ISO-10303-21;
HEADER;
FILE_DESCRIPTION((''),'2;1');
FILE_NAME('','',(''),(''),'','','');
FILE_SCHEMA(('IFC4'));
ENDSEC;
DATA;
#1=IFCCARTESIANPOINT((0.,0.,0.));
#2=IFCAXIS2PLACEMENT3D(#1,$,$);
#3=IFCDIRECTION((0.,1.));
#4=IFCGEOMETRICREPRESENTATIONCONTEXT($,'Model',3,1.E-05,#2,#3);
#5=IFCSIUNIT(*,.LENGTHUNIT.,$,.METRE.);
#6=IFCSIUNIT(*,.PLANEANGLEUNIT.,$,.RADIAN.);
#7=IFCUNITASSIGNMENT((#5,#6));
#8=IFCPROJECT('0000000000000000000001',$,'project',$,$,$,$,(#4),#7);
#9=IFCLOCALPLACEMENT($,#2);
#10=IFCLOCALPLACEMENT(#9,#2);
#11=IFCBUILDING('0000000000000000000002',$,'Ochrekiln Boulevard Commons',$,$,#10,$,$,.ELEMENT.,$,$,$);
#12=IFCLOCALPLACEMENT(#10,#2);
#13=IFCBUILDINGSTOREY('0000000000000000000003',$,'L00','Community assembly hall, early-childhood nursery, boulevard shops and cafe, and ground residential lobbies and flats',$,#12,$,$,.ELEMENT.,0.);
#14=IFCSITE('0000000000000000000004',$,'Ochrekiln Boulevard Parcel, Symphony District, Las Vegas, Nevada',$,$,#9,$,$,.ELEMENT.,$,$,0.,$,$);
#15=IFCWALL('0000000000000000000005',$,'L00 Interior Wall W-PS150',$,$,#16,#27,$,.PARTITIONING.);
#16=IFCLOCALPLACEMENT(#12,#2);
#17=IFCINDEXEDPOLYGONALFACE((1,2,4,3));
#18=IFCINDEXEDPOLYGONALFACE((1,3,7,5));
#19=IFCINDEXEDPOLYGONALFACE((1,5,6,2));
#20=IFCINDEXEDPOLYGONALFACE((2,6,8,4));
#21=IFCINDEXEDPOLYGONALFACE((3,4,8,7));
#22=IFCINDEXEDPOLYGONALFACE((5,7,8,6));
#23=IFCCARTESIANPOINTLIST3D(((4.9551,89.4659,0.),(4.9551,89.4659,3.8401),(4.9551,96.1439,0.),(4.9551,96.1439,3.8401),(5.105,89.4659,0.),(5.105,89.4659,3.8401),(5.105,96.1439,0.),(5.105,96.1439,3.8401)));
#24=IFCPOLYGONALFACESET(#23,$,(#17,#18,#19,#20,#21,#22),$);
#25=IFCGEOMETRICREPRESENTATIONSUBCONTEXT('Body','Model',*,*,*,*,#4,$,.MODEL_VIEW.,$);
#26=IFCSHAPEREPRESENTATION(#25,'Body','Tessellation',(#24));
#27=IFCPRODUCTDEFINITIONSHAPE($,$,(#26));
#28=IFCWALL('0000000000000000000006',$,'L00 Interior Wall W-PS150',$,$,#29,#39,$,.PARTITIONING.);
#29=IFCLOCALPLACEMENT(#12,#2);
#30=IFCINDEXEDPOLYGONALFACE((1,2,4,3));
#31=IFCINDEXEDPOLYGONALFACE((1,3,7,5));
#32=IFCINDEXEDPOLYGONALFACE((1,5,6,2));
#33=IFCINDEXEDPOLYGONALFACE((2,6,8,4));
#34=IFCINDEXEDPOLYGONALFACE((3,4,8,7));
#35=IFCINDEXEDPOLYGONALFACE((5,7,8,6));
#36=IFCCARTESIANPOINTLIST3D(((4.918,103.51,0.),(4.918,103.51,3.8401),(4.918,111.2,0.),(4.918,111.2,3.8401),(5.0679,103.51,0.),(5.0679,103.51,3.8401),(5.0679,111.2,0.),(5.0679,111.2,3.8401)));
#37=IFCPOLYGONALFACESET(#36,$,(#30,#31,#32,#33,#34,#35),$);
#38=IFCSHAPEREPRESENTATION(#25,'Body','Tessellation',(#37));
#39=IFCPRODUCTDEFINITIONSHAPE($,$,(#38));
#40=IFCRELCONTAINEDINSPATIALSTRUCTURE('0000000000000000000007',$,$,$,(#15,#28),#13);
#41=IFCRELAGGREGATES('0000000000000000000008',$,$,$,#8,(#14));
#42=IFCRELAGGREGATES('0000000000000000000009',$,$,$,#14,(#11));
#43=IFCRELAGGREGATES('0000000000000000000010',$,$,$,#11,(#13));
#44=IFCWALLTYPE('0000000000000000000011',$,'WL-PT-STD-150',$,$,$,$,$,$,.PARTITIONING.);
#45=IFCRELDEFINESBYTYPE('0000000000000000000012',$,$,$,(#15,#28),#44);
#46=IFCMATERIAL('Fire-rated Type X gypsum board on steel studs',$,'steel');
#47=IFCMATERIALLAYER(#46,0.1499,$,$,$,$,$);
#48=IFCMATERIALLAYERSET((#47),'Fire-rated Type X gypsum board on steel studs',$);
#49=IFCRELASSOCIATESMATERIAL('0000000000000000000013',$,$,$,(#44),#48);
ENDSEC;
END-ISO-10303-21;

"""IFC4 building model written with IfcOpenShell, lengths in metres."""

from ifc_helpers import new_model, si_unit, direction, frame, frame_2d, origin, place, context, subcontext, project, spatial, rectangle, extrude, material, layer, layer_set, type_object, element, save


model = new_model("IFC4")

# Units and contexts
model_context = context("Model", 3, precision=1e-05, world=origin(), true_north=direction((0.0, 1.0)))
body_context = subcontext(model_context, "Body", "Model", "MODEL_VIEW")
ifc_project = project(units=[si_unit("LENGTHUNIT", "METRE"), si_unit("PLANEANGLEUNIT", "RADIAN")], contexts=[model_context])

# Site, building, storey
site_placement = place(None, origin())
site = spatial("IfcSite", under=ifc_project, at=site_placement, Name="Ochrekiln Boulevard Parcel, Symphony District, Las Vegas, Nevada", CompositionType="ELEMENT", RefElevation=0.0)
building_placement = place(site_placement, origin())
building = spatial("IfcBuilding", under=site, at=building_placement, Name="Ochrekiln Boulevard Commons", CompositionType="ELEMENT")
storey_placement = place(building_placement, origin())
storey = spatial("IfcBuildingStorey", under=building, at=storey_placement, Name="L00", Description="Community assembly hall, early-childhood nursery, boulevard shops and cafe, and ground residential lobbies and flats", CompositionType="ELEMENT", Elevation=0.0)

# Shared definitions
ifc_material_1 = material(Name="Fire-rated Type X gypsum board on steel studs", Category="steel")

# Shared definitions
ifc_layer_1 = layer(ifc_material_1, 0.1499)
ifc_layer_set_1 = layer_set([ifc_layer_1], Name="Fire-rated Type X gypsum board on steel studs")
wall_type_1 = type_object("IfcWallType", Name="WL-PT-STD-150", PredefinedType="PARTITIONING", material=ifc_layer_set_1)

# Walls
wall_1_placement = place(storey_placement, frame((5.03, 89.4661, 0.0), z_axis=(0.0, 0.0, 1.0), x_axis=(0.0, 1.0, 0.0)))
element("IfcWall", 1, at=wall_1_placement, inside=storey, type_object=wall_type_1, Name="L00 Interior Wall W-PS150", PredefinedType="PARTITIONING", context=body_context, shape_type="SweptSolid", body=[
    extrude(rectangle(XDim=6.678, YDim=0.1499, at=frame_2d((3.3389, 0.0))), origin(), (0.0, 0.0, 1.0), 3.8401),
])
wall_2_placement = place(storey_placement, frame((4.9929, 103.51, 0.0), z_axis=(0.0, 0.0, 1.0), x_axis=(0.0, 1.0, 0.0)))
element("IfcWall", 2, at=wall_2_placement, inside=storey, type_object=wall_type_1, Name="L00 Interior Wall W-PS150", PredefinedType="PARTITIONING", context=body_context, shape_type="SweptSolid", body=[
    extrude(rectangle(XDim=7.6899, YDim=0.1499, at=frame_2d((3.845, 0.0))), origin(), (0.0, 0.0, 1.0), 3.8401),
])

save(model, "model.ifc")
